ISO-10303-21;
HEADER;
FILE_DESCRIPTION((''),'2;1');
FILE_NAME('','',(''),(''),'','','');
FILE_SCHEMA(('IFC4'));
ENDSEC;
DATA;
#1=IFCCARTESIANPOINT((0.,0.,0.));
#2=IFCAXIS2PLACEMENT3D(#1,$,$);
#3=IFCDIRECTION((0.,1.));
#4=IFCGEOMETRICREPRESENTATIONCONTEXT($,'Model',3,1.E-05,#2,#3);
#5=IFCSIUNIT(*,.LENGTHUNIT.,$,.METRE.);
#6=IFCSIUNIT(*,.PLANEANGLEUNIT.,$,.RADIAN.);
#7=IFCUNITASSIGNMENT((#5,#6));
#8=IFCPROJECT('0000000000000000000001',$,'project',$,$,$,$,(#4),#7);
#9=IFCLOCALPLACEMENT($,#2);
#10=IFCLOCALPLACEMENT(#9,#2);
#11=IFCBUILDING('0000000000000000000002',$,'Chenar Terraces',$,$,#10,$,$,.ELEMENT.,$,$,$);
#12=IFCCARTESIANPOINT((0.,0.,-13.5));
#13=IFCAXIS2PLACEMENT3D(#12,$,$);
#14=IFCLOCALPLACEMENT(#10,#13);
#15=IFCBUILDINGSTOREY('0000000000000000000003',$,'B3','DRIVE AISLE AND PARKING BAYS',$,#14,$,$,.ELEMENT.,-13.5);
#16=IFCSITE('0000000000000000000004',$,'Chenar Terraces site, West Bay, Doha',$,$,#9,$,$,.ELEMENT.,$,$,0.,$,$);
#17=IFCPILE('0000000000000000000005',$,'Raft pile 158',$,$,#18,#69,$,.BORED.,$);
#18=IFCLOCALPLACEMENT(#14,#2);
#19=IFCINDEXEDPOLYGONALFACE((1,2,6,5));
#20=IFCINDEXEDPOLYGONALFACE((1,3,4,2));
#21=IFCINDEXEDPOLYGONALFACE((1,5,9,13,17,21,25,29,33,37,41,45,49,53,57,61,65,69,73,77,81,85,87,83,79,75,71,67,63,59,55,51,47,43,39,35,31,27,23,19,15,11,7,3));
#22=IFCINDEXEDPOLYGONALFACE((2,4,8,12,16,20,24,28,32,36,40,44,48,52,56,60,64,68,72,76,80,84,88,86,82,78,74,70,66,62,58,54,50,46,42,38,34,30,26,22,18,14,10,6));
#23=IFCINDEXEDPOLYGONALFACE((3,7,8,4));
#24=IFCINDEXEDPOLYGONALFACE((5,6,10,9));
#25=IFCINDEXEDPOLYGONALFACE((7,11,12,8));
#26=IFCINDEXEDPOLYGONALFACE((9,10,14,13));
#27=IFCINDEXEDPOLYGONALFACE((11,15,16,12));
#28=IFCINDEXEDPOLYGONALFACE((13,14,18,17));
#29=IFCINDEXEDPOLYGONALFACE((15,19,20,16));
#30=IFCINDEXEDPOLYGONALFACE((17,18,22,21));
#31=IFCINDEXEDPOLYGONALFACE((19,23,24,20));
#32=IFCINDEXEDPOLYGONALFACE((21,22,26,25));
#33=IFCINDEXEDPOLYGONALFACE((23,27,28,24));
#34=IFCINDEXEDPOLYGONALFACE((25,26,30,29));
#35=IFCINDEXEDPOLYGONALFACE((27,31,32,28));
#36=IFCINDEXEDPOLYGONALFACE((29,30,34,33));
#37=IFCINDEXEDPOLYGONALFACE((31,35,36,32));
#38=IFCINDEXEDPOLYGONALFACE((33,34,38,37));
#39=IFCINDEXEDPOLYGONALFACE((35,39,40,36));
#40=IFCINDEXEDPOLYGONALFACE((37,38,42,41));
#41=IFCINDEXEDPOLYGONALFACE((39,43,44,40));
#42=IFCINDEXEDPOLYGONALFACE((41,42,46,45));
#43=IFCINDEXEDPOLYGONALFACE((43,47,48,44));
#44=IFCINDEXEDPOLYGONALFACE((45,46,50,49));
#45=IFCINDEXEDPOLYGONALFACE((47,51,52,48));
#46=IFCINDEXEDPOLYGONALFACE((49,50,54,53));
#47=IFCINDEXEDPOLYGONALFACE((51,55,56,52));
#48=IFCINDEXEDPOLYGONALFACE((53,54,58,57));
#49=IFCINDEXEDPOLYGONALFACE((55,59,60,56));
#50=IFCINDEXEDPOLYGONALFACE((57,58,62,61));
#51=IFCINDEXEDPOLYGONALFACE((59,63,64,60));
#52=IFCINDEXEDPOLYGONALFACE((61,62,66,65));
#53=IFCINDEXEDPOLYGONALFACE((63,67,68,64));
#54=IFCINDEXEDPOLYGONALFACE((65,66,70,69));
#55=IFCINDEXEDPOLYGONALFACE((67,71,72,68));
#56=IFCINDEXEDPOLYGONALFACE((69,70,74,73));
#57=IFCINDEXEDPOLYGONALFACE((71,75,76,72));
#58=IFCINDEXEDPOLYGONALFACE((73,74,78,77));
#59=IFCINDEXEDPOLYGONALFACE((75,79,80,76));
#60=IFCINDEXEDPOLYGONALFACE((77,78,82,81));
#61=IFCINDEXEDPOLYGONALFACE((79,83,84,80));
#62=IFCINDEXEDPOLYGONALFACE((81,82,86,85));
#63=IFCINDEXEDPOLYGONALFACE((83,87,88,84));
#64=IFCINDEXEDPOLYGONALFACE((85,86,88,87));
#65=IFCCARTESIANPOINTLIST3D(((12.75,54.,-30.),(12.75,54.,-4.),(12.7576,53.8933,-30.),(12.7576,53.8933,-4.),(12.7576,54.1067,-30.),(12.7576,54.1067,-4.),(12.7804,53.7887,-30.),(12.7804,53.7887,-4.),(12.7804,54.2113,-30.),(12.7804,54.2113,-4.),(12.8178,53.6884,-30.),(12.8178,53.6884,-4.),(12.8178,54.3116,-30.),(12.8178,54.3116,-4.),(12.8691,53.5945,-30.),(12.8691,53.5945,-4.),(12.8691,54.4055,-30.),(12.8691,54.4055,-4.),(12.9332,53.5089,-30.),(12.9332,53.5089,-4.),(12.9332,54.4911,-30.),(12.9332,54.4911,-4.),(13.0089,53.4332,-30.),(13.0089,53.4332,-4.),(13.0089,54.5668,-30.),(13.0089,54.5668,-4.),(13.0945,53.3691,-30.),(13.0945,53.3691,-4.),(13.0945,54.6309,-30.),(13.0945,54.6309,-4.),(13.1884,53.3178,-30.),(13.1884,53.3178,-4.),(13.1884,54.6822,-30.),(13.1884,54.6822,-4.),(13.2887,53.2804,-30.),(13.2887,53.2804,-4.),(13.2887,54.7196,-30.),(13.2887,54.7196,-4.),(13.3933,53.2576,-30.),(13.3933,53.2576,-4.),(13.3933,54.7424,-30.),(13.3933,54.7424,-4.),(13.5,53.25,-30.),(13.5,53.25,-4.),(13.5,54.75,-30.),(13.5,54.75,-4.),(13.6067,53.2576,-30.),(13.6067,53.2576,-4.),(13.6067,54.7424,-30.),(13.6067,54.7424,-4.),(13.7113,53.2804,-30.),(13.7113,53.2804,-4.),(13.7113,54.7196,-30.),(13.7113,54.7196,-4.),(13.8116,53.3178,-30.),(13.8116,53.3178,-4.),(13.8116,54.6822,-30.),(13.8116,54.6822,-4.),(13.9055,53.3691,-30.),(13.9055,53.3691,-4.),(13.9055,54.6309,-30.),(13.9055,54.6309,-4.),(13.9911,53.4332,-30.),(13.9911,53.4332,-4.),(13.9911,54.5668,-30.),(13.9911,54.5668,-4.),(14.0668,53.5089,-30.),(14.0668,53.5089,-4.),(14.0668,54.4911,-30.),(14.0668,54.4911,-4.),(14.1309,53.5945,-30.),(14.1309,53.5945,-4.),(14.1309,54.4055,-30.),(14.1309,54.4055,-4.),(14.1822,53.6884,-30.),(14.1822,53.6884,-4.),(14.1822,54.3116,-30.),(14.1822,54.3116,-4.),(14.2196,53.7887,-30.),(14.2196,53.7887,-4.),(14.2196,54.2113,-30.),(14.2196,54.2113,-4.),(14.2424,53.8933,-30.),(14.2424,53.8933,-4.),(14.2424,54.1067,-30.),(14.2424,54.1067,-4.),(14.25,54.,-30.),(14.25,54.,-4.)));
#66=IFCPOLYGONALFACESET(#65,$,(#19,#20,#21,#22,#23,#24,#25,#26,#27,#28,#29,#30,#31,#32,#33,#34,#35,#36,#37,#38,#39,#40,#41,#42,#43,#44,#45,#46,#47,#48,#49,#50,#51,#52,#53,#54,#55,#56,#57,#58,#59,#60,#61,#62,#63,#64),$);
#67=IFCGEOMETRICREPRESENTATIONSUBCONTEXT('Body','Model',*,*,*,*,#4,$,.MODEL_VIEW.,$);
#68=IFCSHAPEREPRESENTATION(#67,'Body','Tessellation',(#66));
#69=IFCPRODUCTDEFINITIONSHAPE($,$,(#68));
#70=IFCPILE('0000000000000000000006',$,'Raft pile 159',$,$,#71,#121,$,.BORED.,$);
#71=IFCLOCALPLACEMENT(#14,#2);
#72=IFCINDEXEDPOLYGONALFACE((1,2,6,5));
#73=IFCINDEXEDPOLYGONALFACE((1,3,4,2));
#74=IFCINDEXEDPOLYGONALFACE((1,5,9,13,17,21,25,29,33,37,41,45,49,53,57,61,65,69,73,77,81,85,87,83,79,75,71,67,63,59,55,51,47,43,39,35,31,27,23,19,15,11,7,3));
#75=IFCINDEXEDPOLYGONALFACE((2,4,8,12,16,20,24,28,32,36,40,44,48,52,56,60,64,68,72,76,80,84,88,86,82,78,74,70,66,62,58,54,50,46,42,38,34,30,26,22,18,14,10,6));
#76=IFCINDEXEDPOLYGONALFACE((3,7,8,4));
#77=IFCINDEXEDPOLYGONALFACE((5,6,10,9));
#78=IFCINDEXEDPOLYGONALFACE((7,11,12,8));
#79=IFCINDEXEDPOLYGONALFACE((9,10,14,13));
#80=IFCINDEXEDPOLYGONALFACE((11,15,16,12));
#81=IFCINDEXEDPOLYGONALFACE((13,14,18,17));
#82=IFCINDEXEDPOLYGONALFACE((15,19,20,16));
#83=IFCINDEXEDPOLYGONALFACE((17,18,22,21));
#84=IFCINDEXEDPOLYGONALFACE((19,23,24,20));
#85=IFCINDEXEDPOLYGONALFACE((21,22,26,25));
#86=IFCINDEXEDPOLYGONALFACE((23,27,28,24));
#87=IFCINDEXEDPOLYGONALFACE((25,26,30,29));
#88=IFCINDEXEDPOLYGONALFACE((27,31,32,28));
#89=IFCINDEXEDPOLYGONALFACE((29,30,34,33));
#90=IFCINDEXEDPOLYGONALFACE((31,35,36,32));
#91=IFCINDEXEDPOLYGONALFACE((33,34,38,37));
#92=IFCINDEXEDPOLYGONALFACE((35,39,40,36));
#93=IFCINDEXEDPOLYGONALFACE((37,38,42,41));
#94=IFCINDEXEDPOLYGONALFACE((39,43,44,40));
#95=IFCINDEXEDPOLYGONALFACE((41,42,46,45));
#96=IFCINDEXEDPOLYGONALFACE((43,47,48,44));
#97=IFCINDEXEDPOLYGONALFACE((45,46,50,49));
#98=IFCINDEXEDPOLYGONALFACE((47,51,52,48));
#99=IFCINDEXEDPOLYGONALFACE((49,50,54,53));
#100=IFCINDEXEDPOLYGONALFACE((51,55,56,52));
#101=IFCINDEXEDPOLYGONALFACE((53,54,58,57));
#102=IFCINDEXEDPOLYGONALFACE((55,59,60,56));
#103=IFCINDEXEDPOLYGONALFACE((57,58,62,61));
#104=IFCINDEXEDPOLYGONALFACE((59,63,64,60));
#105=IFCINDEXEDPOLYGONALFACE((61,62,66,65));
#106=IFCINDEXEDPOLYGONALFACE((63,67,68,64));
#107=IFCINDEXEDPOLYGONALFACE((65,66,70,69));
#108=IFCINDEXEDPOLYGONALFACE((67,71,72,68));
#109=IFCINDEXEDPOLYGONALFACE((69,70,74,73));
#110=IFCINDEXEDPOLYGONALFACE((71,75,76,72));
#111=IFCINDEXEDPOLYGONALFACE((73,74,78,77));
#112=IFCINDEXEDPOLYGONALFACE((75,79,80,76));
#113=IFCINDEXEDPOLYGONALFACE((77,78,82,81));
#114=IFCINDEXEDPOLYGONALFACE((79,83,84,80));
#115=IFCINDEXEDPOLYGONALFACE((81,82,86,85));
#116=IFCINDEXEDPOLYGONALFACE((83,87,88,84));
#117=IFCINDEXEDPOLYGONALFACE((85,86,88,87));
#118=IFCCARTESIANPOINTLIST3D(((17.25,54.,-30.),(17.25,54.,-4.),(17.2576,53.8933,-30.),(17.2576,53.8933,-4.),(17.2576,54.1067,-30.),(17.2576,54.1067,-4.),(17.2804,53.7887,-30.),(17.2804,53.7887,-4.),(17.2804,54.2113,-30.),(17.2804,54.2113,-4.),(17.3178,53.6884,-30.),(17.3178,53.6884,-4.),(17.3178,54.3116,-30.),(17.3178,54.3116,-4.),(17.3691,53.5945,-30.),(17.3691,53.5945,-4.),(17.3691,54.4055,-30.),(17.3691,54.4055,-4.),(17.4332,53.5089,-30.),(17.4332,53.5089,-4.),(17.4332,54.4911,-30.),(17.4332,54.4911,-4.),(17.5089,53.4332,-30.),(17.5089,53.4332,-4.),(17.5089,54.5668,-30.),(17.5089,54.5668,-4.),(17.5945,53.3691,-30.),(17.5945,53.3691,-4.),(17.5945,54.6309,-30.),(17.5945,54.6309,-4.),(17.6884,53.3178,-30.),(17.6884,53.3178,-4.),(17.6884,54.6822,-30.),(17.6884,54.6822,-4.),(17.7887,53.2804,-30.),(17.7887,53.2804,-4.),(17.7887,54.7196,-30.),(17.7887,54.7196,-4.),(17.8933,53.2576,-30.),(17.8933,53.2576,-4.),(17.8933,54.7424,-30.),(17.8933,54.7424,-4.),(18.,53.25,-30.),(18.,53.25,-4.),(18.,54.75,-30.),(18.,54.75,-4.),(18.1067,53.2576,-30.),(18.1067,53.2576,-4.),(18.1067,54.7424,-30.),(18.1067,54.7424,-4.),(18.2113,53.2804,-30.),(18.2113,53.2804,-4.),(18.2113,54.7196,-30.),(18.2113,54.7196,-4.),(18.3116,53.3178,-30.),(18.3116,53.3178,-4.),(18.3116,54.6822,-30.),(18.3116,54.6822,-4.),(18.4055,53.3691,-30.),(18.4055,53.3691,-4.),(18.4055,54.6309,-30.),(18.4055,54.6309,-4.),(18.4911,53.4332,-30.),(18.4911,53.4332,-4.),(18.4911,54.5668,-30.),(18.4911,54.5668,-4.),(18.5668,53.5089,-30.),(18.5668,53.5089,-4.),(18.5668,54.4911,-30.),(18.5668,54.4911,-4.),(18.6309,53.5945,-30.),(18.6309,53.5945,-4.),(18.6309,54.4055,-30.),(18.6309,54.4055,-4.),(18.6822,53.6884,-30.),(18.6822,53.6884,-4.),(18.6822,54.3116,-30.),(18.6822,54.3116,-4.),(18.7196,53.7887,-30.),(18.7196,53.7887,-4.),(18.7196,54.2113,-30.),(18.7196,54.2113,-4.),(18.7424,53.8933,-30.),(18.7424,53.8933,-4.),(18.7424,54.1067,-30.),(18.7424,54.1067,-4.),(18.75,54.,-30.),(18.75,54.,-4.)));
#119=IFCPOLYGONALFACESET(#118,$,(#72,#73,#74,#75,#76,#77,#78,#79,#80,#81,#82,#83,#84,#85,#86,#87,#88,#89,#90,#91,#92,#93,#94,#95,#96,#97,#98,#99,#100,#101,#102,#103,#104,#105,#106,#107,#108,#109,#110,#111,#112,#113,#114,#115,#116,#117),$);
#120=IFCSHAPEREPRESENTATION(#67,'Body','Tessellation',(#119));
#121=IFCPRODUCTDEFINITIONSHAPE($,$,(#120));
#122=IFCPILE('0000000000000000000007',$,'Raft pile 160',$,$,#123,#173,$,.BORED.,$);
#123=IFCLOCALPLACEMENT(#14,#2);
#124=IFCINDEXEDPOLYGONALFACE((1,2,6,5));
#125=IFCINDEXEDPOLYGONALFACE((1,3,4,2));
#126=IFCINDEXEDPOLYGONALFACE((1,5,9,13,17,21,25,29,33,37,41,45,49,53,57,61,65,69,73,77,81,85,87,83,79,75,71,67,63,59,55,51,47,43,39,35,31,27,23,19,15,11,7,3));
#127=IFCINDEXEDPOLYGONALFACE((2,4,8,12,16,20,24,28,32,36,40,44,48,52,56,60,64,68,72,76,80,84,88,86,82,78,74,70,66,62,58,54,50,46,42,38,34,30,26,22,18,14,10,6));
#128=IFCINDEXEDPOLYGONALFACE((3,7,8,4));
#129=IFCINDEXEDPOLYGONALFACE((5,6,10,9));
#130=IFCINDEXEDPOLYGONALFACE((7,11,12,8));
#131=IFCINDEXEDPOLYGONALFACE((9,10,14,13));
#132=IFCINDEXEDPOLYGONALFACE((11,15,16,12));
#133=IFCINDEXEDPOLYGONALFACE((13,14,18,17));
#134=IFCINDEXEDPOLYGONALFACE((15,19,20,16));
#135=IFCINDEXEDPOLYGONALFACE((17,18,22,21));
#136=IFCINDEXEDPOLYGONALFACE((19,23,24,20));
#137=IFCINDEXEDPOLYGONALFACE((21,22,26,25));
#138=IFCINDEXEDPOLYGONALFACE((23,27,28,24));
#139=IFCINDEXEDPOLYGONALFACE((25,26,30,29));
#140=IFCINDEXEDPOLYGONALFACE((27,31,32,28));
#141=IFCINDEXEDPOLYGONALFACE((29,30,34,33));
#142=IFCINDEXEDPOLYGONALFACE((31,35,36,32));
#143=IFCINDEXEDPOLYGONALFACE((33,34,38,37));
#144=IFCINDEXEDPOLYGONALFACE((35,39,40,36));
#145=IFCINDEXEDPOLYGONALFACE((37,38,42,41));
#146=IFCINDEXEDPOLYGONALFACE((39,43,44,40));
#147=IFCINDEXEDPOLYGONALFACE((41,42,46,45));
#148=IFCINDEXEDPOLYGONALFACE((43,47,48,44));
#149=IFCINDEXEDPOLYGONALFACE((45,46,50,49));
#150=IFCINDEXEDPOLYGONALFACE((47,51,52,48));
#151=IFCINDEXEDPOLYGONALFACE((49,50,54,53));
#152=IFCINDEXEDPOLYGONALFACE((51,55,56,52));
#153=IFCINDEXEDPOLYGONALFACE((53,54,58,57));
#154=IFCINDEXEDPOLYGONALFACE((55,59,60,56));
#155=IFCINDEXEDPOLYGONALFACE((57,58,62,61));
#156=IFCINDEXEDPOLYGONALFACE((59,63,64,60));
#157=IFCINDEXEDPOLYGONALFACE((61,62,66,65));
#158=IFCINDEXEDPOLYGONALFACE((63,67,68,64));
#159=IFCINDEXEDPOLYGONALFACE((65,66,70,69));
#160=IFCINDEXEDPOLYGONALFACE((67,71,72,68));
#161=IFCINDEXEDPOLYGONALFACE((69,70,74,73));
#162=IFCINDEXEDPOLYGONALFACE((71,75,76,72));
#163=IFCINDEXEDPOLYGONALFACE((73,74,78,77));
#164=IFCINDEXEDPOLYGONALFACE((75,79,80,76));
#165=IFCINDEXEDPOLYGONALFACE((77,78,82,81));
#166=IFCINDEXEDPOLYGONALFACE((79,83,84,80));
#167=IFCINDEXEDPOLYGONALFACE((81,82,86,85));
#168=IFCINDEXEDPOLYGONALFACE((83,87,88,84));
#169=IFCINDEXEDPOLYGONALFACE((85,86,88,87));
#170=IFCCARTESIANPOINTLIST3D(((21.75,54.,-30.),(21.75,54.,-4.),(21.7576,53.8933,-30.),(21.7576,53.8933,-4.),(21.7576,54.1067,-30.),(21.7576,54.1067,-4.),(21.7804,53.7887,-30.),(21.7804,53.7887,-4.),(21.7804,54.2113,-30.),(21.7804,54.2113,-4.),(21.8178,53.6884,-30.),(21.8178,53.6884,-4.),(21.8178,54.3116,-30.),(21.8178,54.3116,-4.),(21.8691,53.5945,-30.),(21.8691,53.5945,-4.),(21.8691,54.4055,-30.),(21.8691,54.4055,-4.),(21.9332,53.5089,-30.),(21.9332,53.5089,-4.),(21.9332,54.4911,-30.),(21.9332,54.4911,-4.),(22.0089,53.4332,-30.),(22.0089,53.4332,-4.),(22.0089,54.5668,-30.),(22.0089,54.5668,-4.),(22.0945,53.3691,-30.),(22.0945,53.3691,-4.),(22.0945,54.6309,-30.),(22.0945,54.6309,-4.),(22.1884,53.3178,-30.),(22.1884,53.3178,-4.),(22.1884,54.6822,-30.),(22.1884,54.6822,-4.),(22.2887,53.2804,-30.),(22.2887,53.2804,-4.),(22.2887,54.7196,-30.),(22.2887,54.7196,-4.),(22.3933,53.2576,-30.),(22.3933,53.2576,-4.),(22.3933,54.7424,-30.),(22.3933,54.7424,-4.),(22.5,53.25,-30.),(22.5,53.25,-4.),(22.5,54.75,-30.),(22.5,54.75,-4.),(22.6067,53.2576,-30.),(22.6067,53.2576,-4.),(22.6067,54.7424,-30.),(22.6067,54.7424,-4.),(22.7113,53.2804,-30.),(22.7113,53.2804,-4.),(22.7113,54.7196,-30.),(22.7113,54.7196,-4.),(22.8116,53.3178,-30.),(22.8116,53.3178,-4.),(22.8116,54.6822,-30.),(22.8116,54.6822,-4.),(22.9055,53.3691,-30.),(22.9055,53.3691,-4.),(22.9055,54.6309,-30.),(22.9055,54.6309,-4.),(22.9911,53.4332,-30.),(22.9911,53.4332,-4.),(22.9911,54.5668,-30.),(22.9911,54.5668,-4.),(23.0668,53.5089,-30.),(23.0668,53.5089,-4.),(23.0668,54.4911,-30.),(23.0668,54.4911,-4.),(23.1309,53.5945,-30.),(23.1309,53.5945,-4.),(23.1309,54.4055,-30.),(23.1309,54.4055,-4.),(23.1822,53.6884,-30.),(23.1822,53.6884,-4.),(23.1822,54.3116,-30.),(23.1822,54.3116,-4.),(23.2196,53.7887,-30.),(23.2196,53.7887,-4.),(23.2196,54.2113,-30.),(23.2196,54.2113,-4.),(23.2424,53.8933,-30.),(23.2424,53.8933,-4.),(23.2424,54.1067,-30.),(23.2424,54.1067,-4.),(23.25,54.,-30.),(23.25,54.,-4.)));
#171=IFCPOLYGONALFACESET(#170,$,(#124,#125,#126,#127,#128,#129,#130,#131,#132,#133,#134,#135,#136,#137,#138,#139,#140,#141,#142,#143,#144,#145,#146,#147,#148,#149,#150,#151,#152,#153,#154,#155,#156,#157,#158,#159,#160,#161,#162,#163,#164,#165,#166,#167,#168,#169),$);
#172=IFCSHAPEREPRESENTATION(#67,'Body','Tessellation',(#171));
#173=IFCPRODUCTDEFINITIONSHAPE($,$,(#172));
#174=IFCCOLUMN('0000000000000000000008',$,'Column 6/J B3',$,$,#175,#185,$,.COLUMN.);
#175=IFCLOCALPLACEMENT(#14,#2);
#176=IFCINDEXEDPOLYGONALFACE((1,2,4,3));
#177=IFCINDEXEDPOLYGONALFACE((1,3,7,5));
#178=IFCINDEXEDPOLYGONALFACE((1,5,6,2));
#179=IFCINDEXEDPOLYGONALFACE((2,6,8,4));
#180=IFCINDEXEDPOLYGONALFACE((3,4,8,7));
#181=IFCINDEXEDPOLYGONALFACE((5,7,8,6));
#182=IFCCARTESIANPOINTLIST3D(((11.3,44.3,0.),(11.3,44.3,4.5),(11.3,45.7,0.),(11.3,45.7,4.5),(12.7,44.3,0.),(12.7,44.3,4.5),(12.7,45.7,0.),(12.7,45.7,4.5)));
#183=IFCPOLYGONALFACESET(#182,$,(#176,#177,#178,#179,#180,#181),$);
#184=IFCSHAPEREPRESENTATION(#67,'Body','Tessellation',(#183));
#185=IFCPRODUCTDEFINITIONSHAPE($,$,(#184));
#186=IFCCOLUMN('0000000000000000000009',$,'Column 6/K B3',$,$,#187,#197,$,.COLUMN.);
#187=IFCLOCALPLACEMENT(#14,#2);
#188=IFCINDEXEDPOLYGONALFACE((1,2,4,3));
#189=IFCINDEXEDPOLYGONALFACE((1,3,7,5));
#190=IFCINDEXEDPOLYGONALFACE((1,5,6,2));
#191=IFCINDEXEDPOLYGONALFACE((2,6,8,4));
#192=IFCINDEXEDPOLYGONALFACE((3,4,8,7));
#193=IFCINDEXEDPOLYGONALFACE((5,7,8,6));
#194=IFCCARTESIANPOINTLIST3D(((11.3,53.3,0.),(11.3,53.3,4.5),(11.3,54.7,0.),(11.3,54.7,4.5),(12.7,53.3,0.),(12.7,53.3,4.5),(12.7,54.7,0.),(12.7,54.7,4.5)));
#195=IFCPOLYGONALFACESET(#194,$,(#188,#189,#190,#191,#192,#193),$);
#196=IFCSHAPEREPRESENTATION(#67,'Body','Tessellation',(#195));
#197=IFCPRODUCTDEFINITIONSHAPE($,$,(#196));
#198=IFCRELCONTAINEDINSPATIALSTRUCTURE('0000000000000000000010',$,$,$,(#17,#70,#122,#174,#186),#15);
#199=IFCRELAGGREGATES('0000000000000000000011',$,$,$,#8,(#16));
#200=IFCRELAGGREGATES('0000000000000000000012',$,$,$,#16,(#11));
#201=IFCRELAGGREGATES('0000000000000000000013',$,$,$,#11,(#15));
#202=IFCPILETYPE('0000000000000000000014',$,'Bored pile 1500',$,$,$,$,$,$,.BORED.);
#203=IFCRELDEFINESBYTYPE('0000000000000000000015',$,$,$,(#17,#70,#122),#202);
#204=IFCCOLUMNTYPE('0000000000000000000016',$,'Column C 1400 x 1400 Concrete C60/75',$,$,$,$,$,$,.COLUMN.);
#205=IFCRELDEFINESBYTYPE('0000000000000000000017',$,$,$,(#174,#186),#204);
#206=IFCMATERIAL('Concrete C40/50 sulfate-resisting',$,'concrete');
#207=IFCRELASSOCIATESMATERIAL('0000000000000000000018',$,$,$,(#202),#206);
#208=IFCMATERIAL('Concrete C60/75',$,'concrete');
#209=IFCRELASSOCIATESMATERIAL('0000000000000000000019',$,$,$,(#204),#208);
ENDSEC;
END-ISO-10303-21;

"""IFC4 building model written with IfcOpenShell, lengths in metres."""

from ifc_helpers import new_model, si_unit, direction, frame, origin, origin_2d, place, context, subcontext, project, spatial, rectangle, circle, extrude, material, material_profile, profile_set, type_object, element, save


model = new_model("IFC4")

# Units and contexts
model_context = context("Model", 3, precision=1e-05, world=origin(), true_north=direction((0.0, 1.0)))
body_context = subcontext(model_context, "Body", "Model", "MODEL_VIEW")
ifc_project = project(units=[si_unit("LENGTHUNIT", "METRE"), si_unit("PLANEANGLEUNIT", "RADIAN")], contexts=[model_context])

# Site, building, storey
site_placement = place(None, origin())
site = spatial("IfcSite", under=ifc_project, at=site_placement, Name="Chenar Terraces site, West Bay, Doha", CompositionType="ELEMENT", RefElevation=0.0)
building_placement = place(site_placement, origin())
building = spatial("IfcBuilding", under=site, at=building_placement, Name="Chenar Terraces", CompositionType="ELEMENT")
storey_placement = place(building_placement, frame((0.0, 0.0, -13.5)))
storey = spatial("IfcBuildingStorey", under=building, at=storey_placement, Name="B3", Description="DRIVE AISLE AND PARKING BAYS", CompositionType="ELEMENT", Elevation=-13.5)

# Piles
ifc_material_1 = material(Name="Concrete C40/50 sulfate-resisting", Category="concrete")
ifc_material_profile_1 = material_profile(ifc_material_1, circle(Radius=0.75, at=origin_2d()), Name="BP 1500")
ifc_profile_set_1 = profile_set([ifc_material_profile_1], Name="Concrete C40/50 sulfate-resisting")
pile_type = type_object("IfcPileType", Name="Bored pile 1500", PredefinedType="BORED", material=ifc_profile_set_1)
for number, where, z_axis, x_axis, name in (
    (1, (13.5, 54.0, -4.0), (0.0, 0.0, -1.0), (1.0, 0.0, 0.0), "Raft pile 158"),
    (2, (18.0, 54.0, -4.0), (0.0, 0.0, -1.0), (1.0, 0.0, 0.0), "Raft pile 159"),
    (3, (22.5, 54.0, -4.0), (0.0, 0.0, -1.0), (1.0, 0.0, 0.0), "Raft pile 160"),
):
    element("IfcPile", number, at=place(storey_placement, frame(where, z_axis=z_axis, x_axis=x_axis)), inside=storey, type_object=pile_type, Name=name, PredefinedType="BORED", context=body_context, shape_type="SweptSolid", body=[
        extrude(circle(Radius=0.75, at=origin_2d()), origin(), (0.0, 0.0, 1.0), 26.0),
    ])

# Columns
ifc_material_2 = material(Name="Concrete C60/75", Category="concrete")
ifc_material_profile_2 = material_profile(ifc_material_2, rectangle(XDim=1.3999, YDim=1.3999, at=origin_2d()), Name="C 1400 x 1400")
ifc_profile_set_2 = profile_set([ifc_material_profile_2], Name="Concrete C60/75")
column_type = type_object("IfcColumnType", Name="Column C 1400 x 1400 Concrete C60/75", PredefinedType="COLUMN", material=ifc_profile_set_2)
for number, where, z_axis, x_axis, name in (
    (4, (12.0, 45.0, 0.0), (0.0, 0.0, 1.0), (1.0, 0.0, 0.0), "Column 6/J B3"),
    (5, (12.0, 54.0, 0.0), (0.0, 0.0, 1.0), (1.0, 0.0, 0.0), "Column 6/K B3"),
):
    element("IfcColumn", number, at=place(storey_placement, frame(where, z_axis=z_axis, x_axis=x_axis)), inside=storey, type_object=column_type, Name=name, PredefinedType="COLUMN", context=body_context, shape_type="SweptSolid", body=[
        extrude(rectangle(XDim=1.3999, YDim=1.3999, at=origin_2d()), origin(), (0.0, 0.0, 1.0), 4.5),
    ])

save(model, "model.ifc")
